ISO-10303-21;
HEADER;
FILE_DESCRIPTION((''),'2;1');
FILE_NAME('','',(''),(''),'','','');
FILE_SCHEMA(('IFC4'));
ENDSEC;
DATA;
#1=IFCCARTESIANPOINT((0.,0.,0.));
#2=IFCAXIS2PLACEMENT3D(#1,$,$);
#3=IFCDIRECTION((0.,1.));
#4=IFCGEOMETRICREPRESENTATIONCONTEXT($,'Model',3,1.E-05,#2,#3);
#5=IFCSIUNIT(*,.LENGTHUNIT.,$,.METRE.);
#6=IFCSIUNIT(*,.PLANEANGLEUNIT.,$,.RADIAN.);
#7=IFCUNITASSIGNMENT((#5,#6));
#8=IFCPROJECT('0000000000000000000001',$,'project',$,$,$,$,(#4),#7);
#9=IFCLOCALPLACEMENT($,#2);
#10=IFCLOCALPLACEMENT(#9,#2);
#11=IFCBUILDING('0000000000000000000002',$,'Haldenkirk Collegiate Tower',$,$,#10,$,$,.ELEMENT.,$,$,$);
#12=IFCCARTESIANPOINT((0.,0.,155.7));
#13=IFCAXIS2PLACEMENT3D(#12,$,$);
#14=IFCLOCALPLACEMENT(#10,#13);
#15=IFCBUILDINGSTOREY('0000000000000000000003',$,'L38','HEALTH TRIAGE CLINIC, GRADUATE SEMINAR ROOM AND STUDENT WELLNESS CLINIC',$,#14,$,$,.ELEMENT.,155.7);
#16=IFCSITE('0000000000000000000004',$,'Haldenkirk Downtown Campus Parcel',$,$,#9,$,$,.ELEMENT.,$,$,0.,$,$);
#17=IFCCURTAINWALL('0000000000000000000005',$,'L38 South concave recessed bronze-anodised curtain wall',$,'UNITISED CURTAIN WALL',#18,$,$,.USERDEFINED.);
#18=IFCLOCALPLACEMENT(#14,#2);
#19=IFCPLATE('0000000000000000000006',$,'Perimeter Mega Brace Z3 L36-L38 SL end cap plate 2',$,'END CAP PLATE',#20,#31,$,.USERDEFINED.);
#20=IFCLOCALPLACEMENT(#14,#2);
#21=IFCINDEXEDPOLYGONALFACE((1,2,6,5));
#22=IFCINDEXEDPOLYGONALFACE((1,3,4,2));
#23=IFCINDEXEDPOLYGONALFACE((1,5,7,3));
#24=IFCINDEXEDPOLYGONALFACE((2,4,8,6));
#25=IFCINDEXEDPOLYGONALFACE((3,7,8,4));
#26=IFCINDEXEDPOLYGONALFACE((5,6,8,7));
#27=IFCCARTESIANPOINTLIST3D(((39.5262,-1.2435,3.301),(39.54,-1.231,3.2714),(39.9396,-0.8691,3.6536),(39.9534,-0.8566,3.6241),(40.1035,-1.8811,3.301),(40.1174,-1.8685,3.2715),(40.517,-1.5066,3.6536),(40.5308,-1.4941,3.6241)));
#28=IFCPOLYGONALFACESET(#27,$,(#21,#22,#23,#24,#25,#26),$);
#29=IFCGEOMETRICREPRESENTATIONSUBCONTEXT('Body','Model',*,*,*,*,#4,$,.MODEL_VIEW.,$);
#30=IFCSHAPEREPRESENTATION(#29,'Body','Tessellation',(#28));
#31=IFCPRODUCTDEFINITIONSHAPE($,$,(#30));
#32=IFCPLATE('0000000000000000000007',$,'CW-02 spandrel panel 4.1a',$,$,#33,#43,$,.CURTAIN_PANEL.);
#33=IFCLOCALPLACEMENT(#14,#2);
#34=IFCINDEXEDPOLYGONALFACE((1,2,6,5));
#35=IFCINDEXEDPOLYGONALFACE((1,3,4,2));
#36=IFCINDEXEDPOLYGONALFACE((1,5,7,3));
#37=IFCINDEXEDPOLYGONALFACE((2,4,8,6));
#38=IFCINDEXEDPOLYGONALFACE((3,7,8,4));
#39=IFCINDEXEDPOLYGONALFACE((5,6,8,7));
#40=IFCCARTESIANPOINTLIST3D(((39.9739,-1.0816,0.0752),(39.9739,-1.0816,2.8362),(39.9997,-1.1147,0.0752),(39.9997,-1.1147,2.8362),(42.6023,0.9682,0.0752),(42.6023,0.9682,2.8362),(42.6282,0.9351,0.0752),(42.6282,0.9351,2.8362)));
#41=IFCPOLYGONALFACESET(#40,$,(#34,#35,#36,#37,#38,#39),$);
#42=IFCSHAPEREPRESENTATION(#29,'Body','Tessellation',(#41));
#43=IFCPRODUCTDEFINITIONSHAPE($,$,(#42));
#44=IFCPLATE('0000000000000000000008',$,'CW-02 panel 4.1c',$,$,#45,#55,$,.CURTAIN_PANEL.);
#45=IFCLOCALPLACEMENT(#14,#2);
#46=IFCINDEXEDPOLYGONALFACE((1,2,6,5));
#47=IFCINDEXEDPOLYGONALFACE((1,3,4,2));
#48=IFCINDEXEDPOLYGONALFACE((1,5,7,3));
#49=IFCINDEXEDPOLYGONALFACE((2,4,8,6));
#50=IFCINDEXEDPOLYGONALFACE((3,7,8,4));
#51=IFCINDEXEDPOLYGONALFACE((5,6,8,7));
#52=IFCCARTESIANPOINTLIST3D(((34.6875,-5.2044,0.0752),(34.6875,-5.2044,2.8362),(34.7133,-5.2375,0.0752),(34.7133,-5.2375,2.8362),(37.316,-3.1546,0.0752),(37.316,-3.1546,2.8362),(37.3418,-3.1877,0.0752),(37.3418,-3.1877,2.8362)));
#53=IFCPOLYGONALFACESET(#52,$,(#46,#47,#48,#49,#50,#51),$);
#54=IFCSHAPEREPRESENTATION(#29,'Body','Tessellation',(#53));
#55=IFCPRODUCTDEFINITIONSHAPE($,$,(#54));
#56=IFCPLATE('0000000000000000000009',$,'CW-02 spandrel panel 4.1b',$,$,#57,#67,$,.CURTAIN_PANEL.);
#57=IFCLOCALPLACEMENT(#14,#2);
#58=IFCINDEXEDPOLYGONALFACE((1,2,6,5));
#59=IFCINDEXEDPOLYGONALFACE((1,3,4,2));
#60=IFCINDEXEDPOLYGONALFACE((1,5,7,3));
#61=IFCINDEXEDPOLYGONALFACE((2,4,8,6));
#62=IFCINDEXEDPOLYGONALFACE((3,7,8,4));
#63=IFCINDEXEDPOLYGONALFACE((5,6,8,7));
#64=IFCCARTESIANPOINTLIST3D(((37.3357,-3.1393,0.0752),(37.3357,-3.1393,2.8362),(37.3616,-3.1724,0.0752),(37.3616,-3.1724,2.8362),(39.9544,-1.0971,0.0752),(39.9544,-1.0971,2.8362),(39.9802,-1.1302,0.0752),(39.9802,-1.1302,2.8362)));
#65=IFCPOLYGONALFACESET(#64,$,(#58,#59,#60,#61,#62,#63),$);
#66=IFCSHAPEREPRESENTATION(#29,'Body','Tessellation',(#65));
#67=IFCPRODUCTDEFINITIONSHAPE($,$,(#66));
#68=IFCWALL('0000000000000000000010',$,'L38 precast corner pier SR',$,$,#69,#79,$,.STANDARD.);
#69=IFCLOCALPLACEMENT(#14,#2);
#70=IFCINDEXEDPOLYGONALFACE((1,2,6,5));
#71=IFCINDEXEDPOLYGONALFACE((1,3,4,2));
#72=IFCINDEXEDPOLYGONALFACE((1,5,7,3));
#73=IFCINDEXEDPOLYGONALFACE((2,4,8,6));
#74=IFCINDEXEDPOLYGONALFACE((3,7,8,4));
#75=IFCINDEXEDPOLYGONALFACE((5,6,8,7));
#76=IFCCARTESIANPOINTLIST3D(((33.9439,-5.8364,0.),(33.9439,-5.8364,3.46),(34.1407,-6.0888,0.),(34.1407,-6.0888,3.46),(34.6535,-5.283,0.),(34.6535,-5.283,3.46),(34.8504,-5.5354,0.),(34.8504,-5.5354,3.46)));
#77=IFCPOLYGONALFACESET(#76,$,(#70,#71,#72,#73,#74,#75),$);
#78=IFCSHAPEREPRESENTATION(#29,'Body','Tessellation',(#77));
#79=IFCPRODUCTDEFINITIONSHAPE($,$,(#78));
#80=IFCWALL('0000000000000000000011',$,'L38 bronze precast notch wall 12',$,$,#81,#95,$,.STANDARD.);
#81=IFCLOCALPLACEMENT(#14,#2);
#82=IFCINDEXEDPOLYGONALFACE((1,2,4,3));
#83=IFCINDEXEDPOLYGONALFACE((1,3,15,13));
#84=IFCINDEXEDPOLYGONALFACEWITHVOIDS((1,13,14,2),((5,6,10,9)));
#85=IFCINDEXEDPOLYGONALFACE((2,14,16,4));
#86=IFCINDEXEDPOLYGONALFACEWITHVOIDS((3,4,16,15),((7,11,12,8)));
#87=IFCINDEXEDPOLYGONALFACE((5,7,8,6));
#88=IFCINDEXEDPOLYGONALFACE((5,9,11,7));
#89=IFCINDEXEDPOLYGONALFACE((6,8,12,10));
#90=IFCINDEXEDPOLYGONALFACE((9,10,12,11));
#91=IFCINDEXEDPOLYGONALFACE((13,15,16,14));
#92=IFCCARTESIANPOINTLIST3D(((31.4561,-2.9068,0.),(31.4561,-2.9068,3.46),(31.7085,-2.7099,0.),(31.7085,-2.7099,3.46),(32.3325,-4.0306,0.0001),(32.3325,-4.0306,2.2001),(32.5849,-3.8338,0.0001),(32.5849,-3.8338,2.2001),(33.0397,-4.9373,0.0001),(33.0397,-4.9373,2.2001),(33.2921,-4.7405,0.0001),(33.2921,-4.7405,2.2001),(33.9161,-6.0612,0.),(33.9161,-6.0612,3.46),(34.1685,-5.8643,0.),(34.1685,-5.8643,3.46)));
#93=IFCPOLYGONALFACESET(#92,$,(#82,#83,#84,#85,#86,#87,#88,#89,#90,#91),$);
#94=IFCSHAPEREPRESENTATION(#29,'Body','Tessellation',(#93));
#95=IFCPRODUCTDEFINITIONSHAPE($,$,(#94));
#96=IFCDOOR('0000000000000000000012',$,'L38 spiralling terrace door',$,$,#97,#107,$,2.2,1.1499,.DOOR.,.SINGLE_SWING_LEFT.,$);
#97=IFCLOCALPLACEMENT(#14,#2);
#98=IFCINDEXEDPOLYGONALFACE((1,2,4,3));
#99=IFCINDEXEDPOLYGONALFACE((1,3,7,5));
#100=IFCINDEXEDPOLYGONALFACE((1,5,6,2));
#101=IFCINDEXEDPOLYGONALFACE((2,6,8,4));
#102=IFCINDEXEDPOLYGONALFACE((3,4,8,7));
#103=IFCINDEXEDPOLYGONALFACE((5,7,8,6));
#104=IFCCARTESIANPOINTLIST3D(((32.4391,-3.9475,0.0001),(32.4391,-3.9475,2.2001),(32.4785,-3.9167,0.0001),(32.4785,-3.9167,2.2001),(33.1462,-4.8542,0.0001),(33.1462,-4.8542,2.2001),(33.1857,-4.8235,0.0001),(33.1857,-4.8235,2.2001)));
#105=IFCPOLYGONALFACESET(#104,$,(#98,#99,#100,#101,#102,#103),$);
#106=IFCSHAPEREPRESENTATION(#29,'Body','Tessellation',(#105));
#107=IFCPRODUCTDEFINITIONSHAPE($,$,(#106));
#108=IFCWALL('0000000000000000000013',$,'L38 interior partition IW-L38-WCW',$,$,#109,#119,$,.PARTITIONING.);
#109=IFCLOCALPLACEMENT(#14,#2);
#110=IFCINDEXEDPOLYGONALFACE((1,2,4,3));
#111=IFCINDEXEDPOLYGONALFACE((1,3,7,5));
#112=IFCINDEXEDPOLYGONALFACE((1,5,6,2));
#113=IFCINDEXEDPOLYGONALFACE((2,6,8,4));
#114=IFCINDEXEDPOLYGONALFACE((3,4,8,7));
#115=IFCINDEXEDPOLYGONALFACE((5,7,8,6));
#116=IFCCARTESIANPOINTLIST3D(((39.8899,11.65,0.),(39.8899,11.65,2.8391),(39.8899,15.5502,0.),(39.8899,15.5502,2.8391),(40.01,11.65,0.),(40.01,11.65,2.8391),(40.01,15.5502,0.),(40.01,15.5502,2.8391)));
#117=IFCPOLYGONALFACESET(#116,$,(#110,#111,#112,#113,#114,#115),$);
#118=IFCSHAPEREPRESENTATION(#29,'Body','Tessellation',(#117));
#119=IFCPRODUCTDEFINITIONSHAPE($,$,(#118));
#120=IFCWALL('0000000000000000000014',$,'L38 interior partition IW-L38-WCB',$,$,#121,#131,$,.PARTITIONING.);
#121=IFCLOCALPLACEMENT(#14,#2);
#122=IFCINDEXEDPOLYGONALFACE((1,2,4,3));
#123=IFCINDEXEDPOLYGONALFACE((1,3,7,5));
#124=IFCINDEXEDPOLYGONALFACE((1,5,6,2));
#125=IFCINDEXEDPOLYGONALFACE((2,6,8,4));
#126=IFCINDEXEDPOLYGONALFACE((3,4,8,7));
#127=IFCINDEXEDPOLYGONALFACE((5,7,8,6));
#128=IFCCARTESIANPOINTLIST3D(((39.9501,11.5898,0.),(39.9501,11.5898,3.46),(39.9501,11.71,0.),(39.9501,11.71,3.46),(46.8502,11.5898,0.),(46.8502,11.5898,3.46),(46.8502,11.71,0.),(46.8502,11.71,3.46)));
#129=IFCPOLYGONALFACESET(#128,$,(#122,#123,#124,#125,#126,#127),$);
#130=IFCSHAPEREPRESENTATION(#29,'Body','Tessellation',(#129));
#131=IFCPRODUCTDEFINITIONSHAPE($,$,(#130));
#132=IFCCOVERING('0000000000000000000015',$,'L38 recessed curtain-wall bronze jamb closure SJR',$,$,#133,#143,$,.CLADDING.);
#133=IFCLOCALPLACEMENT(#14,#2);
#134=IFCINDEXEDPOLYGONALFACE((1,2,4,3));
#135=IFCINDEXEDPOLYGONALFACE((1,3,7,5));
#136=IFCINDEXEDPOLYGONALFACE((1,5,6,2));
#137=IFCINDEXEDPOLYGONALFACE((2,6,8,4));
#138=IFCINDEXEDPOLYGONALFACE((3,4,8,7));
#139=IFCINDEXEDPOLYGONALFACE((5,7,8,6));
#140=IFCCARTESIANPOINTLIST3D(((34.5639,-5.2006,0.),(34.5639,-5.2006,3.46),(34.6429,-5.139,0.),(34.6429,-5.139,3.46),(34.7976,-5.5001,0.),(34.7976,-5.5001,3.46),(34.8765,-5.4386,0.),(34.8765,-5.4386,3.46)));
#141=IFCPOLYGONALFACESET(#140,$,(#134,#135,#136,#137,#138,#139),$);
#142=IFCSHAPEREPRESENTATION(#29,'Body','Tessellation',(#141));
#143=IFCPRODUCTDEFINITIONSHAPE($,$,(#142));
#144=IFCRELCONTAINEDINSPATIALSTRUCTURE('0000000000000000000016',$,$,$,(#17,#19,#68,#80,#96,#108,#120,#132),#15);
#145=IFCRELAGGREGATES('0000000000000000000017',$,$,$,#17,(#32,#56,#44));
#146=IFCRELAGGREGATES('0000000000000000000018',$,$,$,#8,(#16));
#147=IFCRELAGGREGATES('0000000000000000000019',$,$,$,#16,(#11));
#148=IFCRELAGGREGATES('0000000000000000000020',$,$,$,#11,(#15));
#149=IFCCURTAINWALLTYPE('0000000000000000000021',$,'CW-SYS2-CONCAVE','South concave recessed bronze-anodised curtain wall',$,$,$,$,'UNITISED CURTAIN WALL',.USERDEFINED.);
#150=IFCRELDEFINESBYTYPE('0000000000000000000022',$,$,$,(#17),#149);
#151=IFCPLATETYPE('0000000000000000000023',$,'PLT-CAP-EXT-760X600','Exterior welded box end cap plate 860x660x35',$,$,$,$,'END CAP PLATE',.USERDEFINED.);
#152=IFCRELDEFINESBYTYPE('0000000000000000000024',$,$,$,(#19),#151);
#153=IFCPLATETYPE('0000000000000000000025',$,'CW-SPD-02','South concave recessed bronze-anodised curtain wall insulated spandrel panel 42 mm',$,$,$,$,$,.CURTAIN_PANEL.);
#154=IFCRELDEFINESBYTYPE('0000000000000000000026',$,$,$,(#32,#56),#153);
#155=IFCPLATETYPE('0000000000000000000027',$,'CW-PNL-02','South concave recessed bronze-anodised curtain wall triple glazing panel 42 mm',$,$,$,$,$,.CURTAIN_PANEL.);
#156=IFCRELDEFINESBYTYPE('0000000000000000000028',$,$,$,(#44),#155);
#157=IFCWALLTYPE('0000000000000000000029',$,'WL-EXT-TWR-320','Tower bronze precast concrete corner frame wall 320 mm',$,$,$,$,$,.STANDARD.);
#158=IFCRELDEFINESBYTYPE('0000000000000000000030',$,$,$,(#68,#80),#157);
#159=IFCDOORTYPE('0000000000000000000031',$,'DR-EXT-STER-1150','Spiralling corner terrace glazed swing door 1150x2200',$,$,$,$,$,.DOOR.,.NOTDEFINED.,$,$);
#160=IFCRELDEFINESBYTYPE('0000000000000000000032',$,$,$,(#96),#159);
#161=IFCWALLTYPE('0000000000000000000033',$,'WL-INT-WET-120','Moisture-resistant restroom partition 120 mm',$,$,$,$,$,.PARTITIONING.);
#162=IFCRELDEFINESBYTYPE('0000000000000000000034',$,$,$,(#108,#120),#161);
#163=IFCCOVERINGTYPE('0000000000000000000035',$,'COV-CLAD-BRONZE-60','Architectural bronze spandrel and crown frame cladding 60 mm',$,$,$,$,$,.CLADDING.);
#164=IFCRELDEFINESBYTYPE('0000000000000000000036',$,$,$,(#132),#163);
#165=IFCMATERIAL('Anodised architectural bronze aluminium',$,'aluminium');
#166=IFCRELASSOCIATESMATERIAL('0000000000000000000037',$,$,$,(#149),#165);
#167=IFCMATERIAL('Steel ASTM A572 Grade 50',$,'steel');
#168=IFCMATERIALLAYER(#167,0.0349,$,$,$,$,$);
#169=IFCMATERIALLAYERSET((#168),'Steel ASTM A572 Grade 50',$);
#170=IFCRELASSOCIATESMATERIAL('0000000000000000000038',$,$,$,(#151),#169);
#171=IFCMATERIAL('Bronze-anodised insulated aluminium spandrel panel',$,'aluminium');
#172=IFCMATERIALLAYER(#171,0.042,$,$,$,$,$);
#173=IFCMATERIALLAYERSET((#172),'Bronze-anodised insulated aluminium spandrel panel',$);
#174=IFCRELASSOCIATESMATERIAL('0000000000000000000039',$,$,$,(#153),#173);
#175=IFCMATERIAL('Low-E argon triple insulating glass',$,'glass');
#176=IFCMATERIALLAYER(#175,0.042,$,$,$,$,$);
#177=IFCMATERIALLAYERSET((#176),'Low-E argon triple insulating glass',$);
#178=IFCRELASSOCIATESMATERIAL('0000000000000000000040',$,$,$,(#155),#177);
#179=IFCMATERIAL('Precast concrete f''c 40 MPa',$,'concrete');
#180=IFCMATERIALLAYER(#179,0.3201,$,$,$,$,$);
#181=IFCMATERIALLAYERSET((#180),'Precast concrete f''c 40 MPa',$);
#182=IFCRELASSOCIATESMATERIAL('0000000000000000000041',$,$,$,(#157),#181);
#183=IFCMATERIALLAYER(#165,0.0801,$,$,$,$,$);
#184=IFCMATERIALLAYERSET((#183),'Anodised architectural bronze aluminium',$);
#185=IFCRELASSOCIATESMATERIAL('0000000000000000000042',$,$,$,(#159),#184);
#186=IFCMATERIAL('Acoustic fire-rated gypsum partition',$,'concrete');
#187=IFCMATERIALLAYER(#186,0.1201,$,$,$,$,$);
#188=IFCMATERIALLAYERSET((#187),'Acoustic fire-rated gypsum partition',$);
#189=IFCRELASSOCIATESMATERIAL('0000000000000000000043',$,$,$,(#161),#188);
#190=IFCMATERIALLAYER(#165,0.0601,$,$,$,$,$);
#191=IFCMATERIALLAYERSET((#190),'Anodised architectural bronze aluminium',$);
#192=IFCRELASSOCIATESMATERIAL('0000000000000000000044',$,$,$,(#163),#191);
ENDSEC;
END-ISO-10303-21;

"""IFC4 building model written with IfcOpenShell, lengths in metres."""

from ifc_helpers import new_model, si_unit, direction, frame, frame_2d, origin, origin_2d, place, context, subcontext, project, spatial, rectangle, extrude, source, transform, mapped, material, layer, layer_set, type_object, element, fill, aggregate, save


model = new_model("IFC4")

# Units and contexts
model_context = context("Model", 3, precision=1e-05, world=origin(), true_north=direction((0.0, 1.0)))
body_context = subcontext(model_context, "Body", "Model", "MODEL_VIEW")
ifc_project = project(units=[si_unit("LENGTHUNIT", "METRE"), si_unit("PLANEANGLEUNIT", "RADIAN")], contexts=[model_context])

# Site, building, storey
site_placement = place(None, origin())
site = spatial("IfcSite", under=ifc_project, at=site_placement, Name="Haldenkirk Downtown Campus Parcel", CompositionType="ELEMENT", RefElevation=0.0)
building_placement = place(site_placement, origin())
building = spatial("IfcBuilding", under=site, at=building_placement, Name="Haldenkirk Collegiate Tower", CompositionType="ELEMENT")
storey_placement = place(building_placement, frame((0.0, 0.0, 155.7)))
storey = spatial("IfcBuildingStorey", under=building, at=storey_placement, Name="L38", Description="HEALTH TRIAGE CLINIC, GRADUATE SEMINAR ROOM AND STUDENT WELLNESS CLINIC", CompositionType="ELEMENT", Elevation=155.7)

# Curtain wall
ifc_material_1 = material(Name="Anodised architectural bronze aluminium", Category="aluminium")
curtain_wall_type = type_object("IfcCurtainWallType", Name="CW-SYS2-CONCAVE", Description="South concave recessed bronze-anodised curtain wall", ElementType="UNITISED CURTAIN WALL", PredefinedType="USERDEFINED", material=ifc_material_1)
curtain_wall_placement = place(storey_placement, origin())
curtain_wall = element("IfcCurtainWall", 1, at=curtain_wall_placement, inside=storey, type_object=curtain_wall_type, Name="L38 South concave recessed bronze-anodised curtain wall", ObjectType="UNITISED CURTAIN WALL", PredefinedType="USERDEFINED")

# Plates
ifc_material_2 = material(Name="Steel ASTM A572 Grade 50", Category="steel")
ifc_layer_1 = layer(ifc_material_2, 0.0349)
ifc_layer_set_1 = layer_set([ifc_layer_1], Name="Steel ASTM A572 Grade 50")
plate_type_1 = type_object("IfcPlateType", Name="PLT-CAP-EXT-760X600", Description="Exterior welded box end cap plate 860x660x35", ElementType="END CAP PLATE", PredefinedType="USERDEFINED", material=ifc_layer_set_1)
shared_shape_1 = source(origin(), body_context, "Body", "SweptSolid", [
    extrude(rectangle(XDim=0.8601, YDim=0.6599, at=origin_2d()), origin(), (0.0, 0.0, 1.0), 0.0349),
])
plate_1_placement = place(storey_placement, frame((40.0354, -1.3625, 3.4478), z_axis=(-0.396049, -0.358676, 0.845279), x_axis=(0.67127, -0.741213, 0.0)))
element("IfcPlate", 2, at=plate_1_placement, inside=storey, type_object=plate_type_1, Name="Perimeter Mega Brace Z3 L36-L38 SL end cap plate 2", ObjectType="END CAP PLATE", PredefinedType="USERDEFINED", context=body_context, shape_type="MappedRepresentation", body=[
    mapped(shared_shape_1, transform((0.0, 0.0, 0.0), x_axis=(1.0, 0.0, 0.0), y_axis=(0.0, 1.0, 0.0), z_axis=(0.0, 0.0, 1.0), scale=1.0)),
])
ifc_material_3 = material(Name="Bronze-anodised insulated aluminium spandrel panel", Category="aluminium")
ifc_layer_2 = layer(ifc_material_3, 0.042)
ifc_layer_set_2 = layer_set([ifc_layer_2], Name="Bronze-anodised insulated aluminium spandrel panel")
plate_type_2 = type_object("IfcPlateType", Name="CW-SPD-02", Description="South concave recessed bronze-anodised curtain wall insulated spandrel panel 42 mm", PredefinedType="CURTAIN_PANEL", material=ifc_layer_set_2)
shared_shape_2 = source(origin(), body_context, "Body", "SweptSolid", [
    extrude(rectangle(XDim=3.3333, YDim=0.042, at=origin_2d()), origin(), (0.0, 0.0, 1.0), 2.761),
])
plate_2_placement = place(storey_placement, frame((41.301, -0.0732, 0.0752), z_axis=(0.0, 0.0, 1.0), x_axis=(-0.788548, -0.614974, 0.0)))
plate_2 = element("IfcPlate", 3, at=plate_2_placement, type_object=plate_type_2, Name="CW-02 spandrel panel 4.1a", PredefinedType="CURTAIN_PANEL", context=body_context, shape_type="MappedRepresentation", body=[
    mapped(shared_shape_2, transform((0.0, 0.0, 0.0), x_axis=(1.0, 0.0, 0.0), y_axis=(0.0, 1.0, 0.0), z_axis=(0.0, 0.0, 1.0), scale=1.0)),
])
ifc_material_4 = material(Name="Low-E argon triple insulating glass", Category="glass")
ifc_layer_3 = layer(ifc_material_4, 0.042)
ifc_layer_set_3 = layer_set([ifc_layer_3], Name="Low-E argon triple insulating glass")
plate_type_3 = type_object("IfcPlateType", Name="CW-PNL-02", Description="South concave recessed bronze-anodised curtain wall triple glazing panel 42 mm", PredefinedType="CURTAIN_PANEL", material=ifc_layer_set_3)
plate_3_placement = place(storey_placement, frame((36.0146, -4.196, 0.0752), z_axis=(0.0, 0.0, 1.0), x_axis=(-0.788548, -0.614974, 0.0)))
plate_3 = element("IfcPlate", 4, at=plate_3_placement, type_object=plate_type_3, Name="CW-02 panel 4.1c", PredefinedType="CURTAIN_PANEL", context=body_context, shape_type="MappedRepresentation", body=[
    mapped(shared_shape_2, transform((0.0, 0.0, 0.0), x_axis=(1.0, 0.0, 0.0), y_axis=(0.0, 1.0, 0.0), z_axis=(0.0, 0.0, 1.0), scale=1.0)),
])
shared_shape_3 = source(origin(), body_context, "Body", "SweptSolid", [
    extrude(rectangle(XDim=3.3208, YDim=0.042, at=origin_2d()), origin(), (0.0, 0.0, 1.0), 2.761),
])
plate_4_placement = place(storey_placement, frame((38.658, -2.1348, 0.0752), z_axis=(0.0, 0.0, 1.0), x_axis=(-0.788548, -0.614974, 0.0)))
plate_4 = element("IfcPlate", 5, at=plate_4_placement, type_object=plate_type_2, Name="CW-02 spandrel panel 4.1b", PredefinedType="CURTAIN_PANEL", context=body_context, shape_type="MappedRepresentation", body=[
    mapped(shared_shape_3, transform((0.0, 0.0, 0.0), x_axis=(1.0, 0.0, 0.0), y_axis=(0.0, 1.0, 0.0), z_axis=(0.0, 0.0, 1.0), scale=1.0)),
])
aggregate(curtain_wall, [plate_2, plate_4, plate_3])

# Wall
ifc_material_5 = material(Name="Precast concrete f'c 40 MPa", Category="concrete")
ifc_layer_4 = layer(ifc_material_5, 0.3201)
ifc_layer_set_4 = layer_set([ifc_layer_4], Name="Precast concrete f'c 40 MPa")
wall_type_1 = type_object("IfcWallType", Name="WL-EXT-TWR-320", Description="Tower bronze precast concrete corner frame wall 320 mm", PredefinedType="STANDARD", material=ifc_layer_set_4)
wall_1_placement = place(storey_placement, frame((34.752, -5.4092, 0.0), z_axis=(0.0, 0.0, 1.0), x_axis=(-0.788563, -0.614954, 0.0)))
element("IfcWall", 6, at=wall_1_placement, inside=storey, type_object=wall_type_1, Name="L38 precast corner pier SR", PredefinedType="STANDARD", context=body_context, shape_type="SweptSolid", body=[
    extrude(rectangle(XDim=0.8999, YDim=0.3201, at=frame_2d((0.45, 0.0))), origin(), (0.0, 0.0, 1.0), 3.46),
])

# Wall, opening, door
wall_2_placement = place(storey_placement, frame((34.0422, -5.9626, 0.0), z_axis=(0.0, 0.0, 1.0), x_axis=(-0.614971, 0.78855, 0.0)))
wall_2 = element("IfcWall", 7, at=wall_2_placement, inside=storey, type_object=wall_type_1, Name="L38 bronze precast notch wall 12", PredefinedType="STANDARD", context=body_context, shape_type="SweptSolid", body=[
    extrude(rectangle(XDim=4.0002, YDim=0.3201, at=frame_2d((2.0, 0.0))), origin(), (0.0, 0.0, 1.0), 3.46),
])
opening_placement = place(wall_2_placement, frame((1.425, 0.0, 0.0)))
opening = element("IfcOpeningElement", 8, at=opening_placement, cuts=wall_2, PredefinedType="OPENING", context=body_context, shape_type="SweptSolid", body=[
    extrude(rectangle(XDim=1.1499, YDim=2.2, at=frame_2d((0.575, 1.1001))), frame((0.0, 0.1699, 0.0), z_axis=(0.0, -1.0, 0.0), x_axis=(1.0, 0.0, 0.0)), (0.0, 0.0, 1.0), 0.3401),
])
ifc_layer_5 = layer(ifc_material_1, 0.0801)
ifc_layer_set_5 = layer_set([ifc_layer_5], Name="Anodised architectural bronze aluminium")
door_type = type_object("IfcDoorType", Name="DR-EXT-STER-1150", Description="Spiralling corner terrace glazed swing door 1150x2200", OperationType="NOTDEFINED", PredefinedType="DOOR", material=ifc_layer_set_5)
door_placement = place(opening_placement, origin())
door = element("IfcDoor", 9, at=door_placement, inside=storey, type_object=door_type, Name="L38 spiralling terrace door", OperationType="SINGLE_SWING_LEFT", OverallHeight=2.2, OverallWidth=1.1499, PredefinedType="DOOR", context=body_context, shape_type="SweptSolid", body=[
    extrude(rectangle(XDim=1.1499, YDim=2.2, at=frame_2d((0.575, 1.1001))), frame((0.0, 0.0249, 0.0), z_axis=(0.0, -1.0, 0.0), x_axis=(1.0, 0.0, 0.0)), (0.0, 0.0, 1.0), 0.05),
])
fill(opening, door)

# Walls
ifc_material_6 = material(Name="Acoustic fire-rated gypsum partition", Category="concrete")
ifc_layer_6 = layer(ifc_material_6, 0.1201)
ifc_layer_set_6 = layer_set([ifc_layer_6], Name="Acoustic fire-rated gypsum partition")
wall_type_2 = type_object("IfcWallType", Name="WL-INT-WET-120", Description="Moisture-resistant restroom partition 120 mm", PredefinedType="PARTITIONING", material=ifc_layer_set_6)
wall_3_placement = place(storey_placement, frame((39.95, 11.6499, 0.0), z_axis=(0.0, 0.0, 1.0), x_axis=(0.0, 1.0, 0.0)))
element("IfcWall", 10, at=wall_3_placement, inside=storey, type_object=wall_type_2, Name="L38 interior partition IW-L38-WCW", PredefinedType="PARTITIONING", context=body_context, shape_type="SweptSolid", body=[
    extrude(rectangle(XDim=3.9001, YDim=0.1201, at=frame_2d((1.9502, 0.0))), origin(), (0.0, 0.0, 1.0), 2.8391),
])
wall_4_placement = place(storey_placement, frame((39.95, 11.6499, 0.0), z_axis=(0.0, 0.0, 1.0), x_axis=(1.0, 0.0, 0.0)))
element("IfcWall", 11, at=wall_4_placement, inside=storey, type_object=wall_type_2, Name="L38 interior partition IW-L38-WCB", PredefinedType="PARTITIONING", context=body_context, shape_type="SweptSolid", body=[
    extrude(rectangle(XDim=6.9001, YDim=0.1201, at=frame_2d((3.4502, 0.0))), origin(), (0.0, 0.0, 1.0), 3.46),
])

# Covering
ifc_layer_7 = layer(ifc_material_1, 0.0601)
ifc_layer_set_7 = layer_set([ifc_layer_7], Name="Anodised architectural bronze aluminium")
covering_type = type_object("IfcCoveringType", Name="COV-CLAD-BRONZE-60", Description="Architectural bronze spandrel and crown frame cladding 60 mm", PredefinedType="CLADDING", material=ifc_layer_set_7)
shared_shape_4 = source(origin(), body_context, "Body", "SweptSolid", [
    extrude(rectangle(XDim=0.1001, YDim=0.3799, at=origin_2d()), origin(), (0.0, 0.0, 1.0), 3.46),
])
covering_placement = place(storey_placement, frame((34.7202, -5.3196, 0.0), z_axis=(0.0, 0.0, 1.0), x_axis=(-0.788548, -0.614974, 0.0)))
element("IfcCovering", 12, at=covering_placement, inside=storey, type_object=covering_type, Name="L38 recessed curtain-wall bronze jamb closure SJR", PredefinedType="CLADDING", context=body_context, shape_type="MappedRepresentation", body=[
    mapped(shared_shape_4, transform((0.0, 0.0, 0.0), x_axis=(1.0, 0.0, 0.0), y_axis=(0.0, 1.0, 0.0), z_axis=(0.0, 0.0, 1.0), scale=1.0)),
])

save(model, "model.ifc")
